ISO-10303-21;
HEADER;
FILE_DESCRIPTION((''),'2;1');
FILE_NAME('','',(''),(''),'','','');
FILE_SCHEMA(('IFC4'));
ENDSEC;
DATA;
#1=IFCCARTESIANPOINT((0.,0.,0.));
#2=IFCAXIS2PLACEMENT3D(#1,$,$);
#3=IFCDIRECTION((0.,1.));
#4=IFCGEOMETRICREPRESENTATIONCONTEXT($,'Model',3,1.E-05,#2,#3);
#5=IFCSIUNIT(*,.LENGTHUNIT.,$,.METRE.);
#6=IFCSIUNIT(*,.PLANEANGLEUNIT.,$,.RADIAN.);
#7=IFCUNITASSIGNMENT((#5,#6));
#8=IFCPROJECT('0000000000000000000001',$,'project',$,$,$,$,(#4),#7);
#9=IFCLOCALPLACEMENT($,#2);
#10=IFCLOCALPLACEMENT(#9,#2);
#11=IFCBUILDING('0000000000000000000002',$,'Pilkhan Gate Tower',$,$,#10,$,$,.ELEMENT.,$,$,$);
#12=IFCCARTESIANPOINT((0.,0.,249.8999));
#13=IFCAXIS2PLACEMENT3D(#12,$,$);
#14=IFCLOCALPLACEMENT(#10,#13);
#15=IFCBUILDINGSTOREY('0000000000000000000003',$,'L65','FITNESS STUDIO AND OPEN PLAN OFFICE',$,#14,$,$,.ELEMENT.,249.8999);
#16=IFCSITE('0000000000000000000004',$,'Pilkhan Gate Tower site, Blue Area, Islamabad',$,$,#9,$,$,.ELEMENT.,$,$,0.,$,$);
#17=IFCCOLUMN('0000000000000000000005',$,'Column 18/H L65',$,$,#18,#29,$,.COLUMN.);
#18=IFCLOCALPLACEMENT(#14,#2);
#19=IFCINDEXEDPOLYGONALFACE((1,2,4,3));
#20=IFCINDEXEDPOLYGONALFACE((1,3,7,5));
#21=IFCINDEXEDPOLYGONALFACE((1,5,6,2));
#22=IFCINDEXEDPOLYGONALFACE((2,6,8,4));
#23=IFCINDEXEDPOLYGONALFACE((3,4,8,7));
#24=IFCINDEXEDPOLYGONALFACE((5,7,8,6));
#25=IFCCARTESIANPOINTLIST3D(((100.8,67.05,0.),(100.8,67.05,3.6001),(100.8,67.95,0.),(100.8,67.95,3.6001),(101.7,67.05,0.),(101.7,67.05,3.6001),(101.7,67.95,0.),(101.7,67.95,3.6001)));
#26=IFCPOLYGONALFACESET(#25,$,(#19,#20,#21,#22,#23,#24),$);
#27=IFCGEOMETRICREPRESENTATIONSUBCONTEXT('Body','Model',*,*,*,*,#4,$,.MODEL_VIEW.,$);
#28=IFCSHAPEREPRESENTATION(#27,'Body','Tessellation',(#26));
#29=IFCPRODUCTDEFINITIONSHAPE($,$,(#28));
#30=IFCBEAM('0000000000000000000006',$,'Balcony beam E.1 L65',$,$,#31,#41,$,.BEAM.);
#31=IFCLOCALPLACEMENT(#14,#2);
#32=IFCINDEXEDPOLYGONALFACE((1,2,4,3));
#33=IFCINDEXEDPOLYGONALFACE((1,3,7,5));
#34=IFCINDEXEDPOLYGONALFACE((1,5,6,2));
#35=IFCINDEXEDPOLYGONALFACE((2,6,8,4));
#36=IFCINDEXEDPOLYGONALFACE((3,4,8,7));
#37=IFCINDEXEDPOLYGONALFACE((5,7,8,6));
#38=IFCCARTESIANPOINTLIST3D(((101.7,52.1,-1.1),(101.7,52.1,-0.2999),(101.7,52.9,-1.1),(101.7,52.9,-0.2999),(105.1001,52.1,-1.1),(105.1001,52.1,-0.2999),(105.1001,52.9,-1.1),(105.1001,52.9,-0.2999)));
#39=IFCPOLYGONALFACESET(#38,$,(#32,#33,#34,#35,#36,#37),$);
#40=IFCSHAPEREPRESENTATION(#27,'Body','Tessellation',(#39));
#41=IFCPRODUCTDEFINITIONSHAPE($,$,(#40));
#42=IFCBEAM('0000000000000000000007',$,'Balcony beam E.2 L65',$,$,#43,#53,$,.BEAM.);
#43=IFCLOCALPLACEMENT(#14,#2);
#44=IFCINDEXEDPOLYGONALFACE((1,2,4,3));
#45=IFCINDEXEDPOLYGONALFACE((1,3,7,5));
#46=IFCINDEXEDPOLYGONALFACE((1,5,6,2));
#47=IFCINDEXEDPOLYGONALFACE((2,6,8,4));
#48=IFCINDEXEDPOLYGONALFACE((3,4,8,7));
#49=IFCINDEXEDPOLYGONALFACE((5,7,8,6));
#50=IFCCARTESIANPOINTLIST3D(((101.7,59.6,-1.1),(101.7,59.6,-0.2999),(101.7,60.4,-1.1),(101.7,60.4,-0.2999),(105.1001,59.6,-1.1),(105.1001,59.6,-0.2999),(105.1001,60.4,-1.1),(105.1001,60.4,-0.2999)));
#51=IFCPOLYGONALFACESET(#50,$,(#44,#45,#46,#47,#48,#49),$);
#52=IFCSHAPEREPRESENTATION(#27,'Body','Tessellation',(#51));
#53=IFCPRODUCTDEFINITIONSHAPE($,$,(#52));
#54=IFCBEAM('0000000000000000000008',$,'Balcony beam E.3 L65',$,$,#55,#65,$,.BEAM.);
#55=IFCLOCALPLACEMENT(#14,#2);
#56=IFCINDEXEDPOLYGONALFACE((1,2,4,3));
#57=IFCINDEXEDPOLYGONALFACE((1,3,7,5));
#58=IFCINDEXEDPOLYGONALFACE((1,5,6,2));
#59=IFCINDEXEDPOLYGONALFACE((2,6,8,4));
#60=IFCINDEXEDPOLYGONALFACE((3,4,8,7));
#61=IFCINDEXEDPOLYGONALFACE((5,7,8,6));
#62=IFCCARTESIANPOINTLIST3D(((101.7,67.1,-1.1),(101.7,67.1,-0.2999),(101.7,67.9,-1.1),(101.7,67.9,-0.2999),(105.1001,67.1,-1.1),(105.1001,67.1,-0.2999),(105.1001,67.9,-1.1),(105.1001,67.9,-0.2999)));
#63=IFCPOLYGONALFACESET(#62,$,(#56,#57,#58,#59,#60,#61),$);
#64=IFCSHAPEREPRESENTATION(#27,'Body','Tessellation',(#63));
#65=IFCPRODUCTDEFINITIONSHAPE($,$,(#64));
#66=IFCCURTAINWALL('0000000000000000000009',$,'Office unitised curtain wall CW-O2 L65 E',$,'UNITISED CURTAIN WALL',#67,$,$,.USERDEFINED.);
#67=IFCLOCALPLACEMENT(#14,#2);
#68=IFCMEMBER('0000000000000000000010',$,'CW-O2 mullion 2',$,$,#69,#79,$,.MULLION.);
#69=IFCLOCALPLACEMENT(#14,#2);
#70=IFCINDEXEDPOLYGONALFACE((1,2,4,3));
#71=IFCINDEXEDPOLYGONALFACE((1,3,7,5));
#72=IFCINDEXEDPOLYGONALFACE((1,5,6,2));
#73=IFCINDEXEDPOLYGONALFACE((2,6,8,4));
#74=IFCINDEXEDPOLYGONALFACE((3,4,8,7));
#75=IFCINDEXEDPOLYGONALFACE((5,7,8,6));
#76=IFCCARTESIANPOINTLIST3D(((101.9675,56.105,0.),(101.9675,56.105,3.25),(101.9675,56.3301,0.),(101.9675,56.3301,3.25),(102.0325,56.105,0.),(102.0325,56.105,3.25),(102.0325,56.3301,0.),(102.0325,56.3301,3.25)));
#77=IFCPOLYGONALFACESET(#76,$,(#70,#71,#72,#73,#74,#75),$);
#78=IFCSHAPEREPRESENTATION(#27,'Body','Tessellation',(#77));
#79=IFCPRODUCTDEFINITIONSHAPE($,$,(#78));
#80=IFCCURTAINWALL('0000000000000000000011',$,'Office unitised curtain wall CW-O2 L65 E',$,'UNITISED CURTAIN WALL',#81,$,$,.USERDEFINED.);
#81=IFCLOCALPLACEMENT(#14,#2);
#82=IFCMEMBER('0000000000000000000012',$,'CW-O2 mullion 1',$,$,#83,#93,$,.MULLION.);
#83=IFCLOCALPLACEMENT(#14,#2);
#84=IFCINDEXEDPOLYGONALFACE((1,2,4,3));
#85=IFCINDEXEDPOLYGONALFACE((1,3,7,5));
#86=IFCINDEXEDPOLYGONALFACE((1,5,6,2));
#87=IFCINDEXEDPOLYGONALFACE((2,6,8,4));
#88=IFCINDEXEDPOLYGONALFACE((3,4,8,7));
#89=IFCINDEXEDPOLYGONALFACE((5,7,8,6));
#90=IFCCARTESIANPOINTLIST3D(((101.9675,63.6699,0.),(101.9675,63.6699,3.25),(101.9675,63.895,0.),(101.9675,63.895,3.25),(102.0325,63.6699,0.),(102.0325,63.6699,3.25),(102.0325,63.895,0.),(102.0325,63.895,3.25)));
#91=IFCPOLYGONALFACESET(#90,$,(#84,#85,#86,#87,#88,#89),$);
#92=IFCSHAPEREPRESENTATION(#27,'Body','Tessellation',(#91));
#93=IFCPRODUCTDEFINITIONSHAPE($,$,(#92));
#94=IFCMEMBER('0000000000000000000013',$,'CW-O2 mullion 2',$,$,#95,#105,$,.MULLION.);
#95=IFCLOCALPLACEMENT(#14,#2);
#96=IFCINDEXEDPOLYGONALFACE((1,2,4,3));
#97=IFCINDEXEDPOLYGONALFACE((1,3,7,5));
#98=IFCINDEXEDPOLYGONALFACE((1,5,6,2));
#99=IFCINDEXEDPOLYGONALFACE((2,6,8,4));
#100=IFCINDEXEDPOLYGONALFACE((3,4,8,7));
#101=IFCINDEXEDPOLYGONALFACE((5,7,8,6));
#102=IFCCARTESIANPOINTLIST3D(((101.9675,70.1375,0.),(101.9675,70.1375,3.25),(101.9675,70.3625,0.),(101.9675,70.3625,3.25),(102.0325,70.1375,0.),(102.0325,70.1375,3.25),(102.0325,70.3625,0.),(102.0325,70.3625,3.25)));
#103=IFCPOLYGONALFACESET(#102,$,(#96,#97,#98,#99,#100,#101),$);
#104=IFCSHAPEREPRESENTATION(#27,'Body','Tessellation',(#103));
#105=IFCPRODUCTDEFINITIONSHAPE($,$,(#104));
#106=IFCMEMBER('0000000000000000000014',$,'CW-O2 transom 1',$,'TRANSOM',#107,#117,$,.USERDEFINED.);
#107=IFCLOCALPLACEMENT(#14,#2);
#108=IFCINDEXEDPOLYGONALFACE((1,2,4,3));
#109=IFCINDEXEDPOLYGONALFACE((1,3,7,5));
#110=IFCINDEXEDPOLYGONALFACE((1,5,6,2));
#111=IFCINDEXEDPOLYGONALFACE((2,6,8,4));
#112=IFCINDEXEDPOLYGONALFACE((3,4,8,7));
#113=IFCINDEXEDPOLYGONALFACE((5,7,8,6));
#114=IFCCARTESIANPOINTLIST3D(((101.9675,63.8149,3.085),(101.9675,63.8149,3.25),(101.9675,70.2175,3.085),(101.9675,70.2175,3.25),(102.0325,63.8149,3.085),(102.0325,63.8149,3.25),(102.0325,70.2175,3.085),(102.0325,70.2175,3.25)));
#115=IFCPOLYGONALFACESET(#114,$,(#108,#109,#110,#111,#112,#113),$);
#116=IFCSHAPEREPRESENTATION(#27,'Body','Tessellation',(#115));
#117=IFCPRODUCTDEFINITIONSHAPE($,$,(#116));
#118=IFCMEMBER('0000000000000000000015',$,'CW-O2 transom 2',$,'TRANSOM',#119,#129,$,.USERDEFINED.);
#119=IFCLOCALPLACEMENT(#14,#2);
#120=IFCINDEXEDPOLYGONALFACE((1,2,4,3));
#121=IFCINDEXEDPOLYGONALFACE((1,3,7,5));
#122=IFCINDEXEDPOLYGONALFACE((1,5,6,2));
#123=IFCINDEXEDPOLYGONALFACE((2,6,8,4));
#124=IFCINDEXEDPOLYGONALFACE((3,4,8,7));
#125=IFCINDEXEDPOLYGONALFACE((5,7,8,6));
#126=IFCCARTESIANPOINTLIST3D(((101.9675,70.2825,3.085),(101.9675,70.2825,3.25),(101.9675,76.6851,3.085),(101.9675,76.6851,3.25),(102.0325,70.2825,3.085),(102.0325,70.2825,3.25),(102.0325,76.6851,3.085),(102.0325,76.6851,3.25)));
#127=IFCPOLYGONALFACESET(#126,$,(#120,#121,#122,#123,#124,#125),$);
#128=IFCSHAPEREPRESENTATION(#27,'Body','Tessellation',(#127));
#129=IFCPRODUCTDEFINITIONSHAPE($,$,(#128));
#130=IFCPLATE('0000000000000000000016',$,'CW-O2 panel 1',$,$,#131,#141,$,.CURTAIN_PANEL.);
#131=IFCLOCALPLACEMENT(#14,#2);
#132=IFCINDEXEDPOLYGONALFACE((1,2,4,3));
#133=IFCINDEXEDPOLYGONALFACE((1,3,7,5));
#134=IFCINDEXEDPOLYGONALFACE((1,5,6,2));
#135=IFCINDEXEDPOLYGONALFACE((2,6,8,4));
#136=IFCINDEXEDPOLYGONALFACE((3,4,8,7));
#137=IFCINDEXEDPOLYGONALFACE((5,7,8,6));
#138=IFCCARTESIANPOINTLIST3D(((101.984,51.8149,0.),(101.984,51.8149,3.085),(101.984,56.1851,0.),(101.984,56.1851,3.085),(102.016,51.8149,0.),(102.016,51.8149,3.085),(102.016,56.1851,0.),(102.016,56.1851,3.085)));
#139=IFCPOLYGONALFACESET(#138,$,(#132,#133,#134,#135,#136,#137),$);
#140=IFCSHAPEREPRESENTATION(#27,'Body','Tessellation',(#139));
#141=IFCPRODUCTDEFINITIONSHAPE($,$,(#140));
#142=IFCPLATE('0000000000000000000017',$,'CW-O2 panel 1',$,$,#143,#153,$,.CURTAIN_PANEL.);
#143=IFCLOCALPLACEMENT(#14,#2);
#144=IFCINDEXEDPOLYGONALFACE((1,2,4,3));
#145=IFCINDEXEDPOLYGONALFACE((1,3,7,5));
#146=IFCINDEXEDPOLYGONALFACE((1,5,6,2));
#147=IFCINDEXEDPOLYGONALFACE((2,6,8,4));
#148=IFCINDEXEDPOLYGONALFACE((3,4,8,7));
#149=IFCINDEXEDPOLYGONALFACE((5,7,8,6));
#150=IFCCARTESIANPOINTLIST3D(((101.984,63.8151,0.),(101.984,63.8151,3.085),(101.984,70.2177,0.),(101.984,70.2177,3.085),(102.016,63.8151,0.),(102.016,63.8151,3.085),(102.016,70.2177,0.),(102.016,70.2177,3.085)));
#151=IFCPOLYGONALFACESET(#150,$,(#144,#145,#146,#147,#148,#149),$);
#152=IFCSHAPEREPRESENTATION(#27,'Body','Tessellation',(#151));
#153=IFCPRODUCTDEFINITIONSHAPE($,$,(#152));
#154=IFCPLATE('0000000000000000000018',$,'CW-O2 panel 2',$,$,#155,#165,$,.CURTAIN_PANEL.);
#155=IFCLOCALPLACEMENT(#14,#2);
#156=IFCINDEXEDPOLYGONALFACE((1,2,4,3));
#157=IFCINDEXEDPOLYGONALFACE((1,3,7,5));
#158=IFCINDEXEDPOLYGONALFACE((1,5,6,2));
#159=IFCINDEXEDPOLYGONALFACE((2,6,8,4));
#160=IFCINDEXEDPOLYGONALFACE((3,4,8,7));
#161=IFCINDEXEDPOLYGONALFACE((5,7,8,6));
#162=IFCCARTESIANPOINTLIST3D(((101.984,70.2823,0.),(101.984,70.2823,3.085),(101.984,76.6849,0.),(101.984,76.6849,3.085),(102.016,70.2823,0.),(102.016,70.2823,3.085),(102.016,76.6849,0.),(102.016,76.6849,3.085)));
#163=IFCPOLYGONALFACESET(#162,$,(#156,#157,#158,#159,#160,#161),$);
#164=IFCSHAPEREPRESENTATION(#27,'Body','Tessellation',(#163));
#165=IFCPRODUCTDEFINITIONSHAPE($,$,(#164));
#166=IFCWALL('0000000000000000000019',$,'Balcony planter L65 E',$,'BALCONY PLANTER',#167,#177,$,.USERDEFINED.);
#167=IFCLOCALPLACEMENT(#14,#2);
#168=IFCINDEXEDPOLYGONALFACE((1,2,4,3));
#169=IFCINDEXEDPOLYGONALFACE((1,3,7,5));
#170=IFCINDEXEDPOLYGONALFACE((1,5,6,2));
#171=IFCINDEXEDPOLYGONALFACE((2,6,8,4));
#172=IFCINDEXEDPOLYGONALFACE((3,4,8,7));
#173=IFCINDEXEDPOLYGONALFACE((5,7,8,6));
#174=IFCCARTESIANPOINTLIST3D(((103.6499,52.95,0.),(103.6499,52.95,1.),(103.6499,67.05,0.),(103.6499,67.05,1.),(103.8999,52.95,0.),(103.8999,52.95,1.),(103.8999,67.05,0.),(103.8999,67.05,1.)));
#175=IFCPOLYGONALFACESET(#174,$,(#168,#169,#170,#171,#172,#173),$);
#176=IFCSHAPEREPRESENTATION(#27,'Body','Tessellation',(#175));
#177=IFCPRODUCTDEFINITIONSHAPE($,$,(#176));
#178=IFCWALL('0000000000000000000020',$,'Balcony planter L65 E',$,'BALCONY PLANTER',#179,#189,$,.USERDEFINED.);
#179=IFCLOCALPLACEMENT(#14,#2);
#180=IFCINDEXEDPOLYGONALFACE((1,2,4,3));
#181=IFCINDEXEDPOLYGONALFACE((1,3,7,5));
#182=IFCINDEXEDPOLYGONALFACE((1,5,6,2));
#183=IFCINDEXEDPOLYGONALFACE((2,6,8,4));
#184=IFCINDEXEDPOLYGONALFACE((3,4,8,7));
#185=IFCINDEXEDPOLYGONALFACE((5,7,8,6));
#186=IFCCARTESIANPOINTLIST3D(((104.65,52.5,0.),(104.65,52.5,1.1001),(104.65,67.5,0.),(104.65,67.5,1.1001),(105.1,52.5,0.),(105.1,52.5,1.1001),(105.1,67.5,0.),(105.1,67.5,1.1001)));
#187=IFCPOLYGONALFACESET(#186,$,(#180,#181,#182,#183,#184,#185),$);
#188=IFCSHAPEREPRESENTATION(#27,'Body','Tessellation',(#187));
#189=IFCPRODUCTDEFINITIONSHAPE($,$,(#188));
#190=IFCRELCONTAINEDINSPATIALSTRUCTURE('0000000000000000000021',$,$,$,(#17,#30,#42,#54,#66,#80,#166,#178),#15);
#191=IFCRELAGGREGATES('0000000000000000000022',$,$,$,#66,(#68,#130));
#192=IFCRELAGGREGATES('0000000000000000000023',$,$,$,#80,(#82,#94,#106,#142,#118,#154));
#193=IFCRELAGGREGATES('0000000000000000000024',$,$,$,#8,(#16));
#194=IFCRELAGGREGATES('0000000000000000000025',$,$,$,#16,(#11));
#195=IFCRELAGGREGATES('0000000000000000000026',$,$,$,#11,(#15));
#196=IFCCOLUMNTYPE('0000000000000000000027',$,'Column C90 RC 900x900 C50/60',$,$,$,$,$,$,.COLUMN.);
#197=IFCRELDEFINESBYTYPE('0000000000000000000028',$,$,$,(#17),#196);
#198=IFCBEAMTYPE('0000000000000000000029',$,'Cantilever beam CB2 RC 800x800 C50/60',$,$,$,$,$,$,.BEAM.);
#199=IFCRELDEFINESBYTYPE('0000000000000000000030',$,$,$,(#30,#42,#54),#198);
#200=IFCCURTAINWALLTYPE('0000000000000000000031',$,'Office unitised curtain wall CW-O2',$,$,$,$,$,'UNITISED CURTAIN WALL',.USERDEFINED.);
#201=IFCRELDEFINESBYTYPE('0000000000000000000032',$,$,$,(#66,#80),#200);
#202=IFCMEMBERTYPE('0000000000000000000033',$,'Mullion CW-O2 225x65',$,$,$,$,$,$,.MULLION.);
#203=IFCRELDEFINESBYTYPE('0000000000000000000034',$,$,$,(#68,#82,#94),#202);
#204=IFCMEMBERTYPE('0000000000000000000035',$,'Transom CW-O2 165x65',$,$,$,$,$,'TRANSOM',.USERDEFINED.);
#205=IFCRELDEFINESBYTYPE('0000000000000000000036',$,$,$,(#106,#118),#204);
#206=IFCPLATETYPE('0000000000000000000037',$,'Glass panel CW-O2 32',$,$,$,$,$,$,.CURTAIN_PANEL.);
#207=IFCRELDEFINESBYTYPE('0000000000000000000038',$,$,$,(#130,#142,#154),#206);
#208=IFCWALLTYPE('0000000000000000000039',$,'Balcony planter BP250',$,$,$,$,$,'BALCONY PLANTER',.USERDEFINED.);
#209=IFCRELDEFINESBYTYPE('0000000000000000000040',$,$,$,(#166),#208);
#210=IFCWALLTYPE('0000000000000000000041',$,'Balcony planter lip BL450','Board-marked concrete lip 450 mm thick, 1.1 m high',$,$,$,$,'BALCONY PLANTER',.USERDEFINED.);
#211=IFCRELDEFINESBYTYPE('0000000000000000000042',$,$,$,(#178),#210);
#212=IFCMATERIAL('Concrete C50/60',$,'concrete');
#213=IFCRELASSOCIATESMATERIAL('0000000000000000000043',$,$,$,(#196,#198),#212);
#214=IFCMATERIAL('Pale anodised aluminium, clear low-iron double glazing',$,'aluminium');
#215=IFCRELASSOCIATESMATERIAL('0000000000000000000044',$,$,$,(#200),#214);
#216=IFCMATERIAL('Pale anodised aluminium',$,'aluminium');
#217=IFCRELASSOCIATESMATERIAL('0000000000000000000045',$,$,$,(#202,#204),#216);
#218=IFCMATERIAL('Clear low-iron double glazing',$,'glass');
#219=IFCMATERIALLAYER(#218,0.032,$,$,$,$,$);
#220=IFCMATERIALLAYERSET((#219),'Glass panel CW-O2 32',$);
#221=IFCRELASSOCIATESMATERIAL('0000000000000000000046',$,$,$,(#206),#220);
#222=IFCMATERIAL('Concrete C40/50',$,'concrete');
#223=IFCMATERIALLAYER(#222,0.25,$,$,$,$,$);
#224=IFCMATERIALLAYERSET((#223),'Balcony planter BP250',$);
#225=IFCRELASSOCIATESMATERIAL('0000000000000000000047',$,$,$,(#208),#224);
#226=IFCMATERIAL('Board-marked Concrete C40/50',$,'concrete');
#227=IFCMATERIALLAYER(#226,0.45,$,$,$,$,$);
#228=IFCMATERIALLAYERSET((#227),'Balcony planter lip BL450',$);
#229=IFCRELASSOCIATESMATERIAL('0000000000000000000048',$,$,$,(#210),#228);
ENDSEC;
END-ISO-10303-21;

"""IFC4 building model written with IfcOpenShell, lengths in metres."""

from ifc_helpers import new_model, si_unit, direction, frame, frame_2d, origin, origin_2d, place, context, subcontext, project, spatial, rectangle, extrude, material, layer, layer_set, material_profile, profile_set, type_object, element, aggregate, save


model = new_model("IFC4")

# Units and contexts
model_context = context("Model", 3, precision=1e-05, world=origin(), true_north=direction((0.0, 1.0)))
body_context = subcontext(model_context, "Body", "Model", "MODEL_VIEW")
ifc_project = project(units=[si_unit("LENGTHUNIT", "METRE"), si_unit("PLANEANGLEUNIT", "RADIAN")], contexts=[model_context])

# Site, building, storey
site_placement = place(None, origin())
site = spatial("IfcSite", under=ifc_project, at=site_placement, Name="Pilkhan Gate Tower site, Blue Area, Islamabad", CompositionType="ELEMENT", RefElevation=0.0)
building_placement = place(site_placement, origin())
building = spatial("IfcBuilding", under=site, at=building_placement, Name="Pilkhan Gate Tower", CompositionType="ELEMENT")
storey_placement = place(building_placement, frame((0.0, 0.0, 249.8999)))
storey = spatial("IfcBuildingStorey", under=building, at=storey_placement, Name="L65", Description="FITNESS STUDIO AND OPEN PLAN OFFICE", CompositionType="ELEMENT", Elevation=249.8999)

# Column
ifc_material_1 = material(Name="Concrete C50/60", Category="concrete")
ifc_material_profile_1 = material_profile(ifc_material_1, rectangle(XDim=0.8999, YDim=0.8999, at=origin_2d()), Name="RC 900x900")
ifc_profile_set_1 = profile_set([ifc_material_profile_1], Name="Concrete C50/60")
column_type = type_object("IfcColumnType", Name="Column C90 RC 900x900 C50/60", PredefinedType="COLUMN", material=ifc_profile_set_1)
column_placement = place(storey_placement, frame((101.25, 67.5, 0.0), z_axis=(0.0, 0.0, 1.0), x_axis=(1.0, 0.0, 0.0)))
element("IfcColumn", 1, at=column_placement, inside=storey, type_object=column_type, Name="Column 18/H L65", PredefinedType="COLUMN", context=body_context, shape_type="SweptSolid", body=[
    extrude(rectangle(XDim=0.8999, YDim=0.8999, at=origin_2d()), origin(), (0.0, 0.0, 1.0), 3.6001),
])

# Beams
ifc_material_profile_2 = material_profile(ifc_material_1, rectangle(XDim=0.8, YDim=0.8, at=origin_2d()), Name="RC 800x800")
ifc_profile_set_2 = profile_set([ifc_material_profile_2], Name="Concrete C50/60")
beam_type = type_object("IfcBeamType", Name="Cantilever beam CB2 RC 800x800 C50/60", PredefinedType="BEAM", material=ifc_profile_set_2)
for number, where, z_axis, x_axis, name in (
    (2, (101.7, 52.5, -0.7), (1.0, 0.0, 0.0), (0.0, 1.0, 0.0), "Balcony beam E.1 L65"),
    (3, (101.7, 60.0, -0.7), (1.0, 0.0, 0.0), (0.0, 1.0, 0.0), "Balcony beam E.2 L65"),
    (4, (101.7, 67.5, -0.7), (1.0, 0.0, 0.0), (0.0, 1.0, 0.0), "Balcony beam E.3 L65"),
):
    element("IfcBeam", number, at=place(storey_placement, frame(where, z_axis=z_axis, x_axis=x_axis)), inside=storey, type_object=beam_type, Name=name, PredefinedType="BEAM", context=body_context, shape_type="SweptSolid", body=[
        extrude(rectangle(XDim=0.8, YDim=0.8, at=origin_2d()), origin(), (0.0, 0.0, 1.0), 3.4001),
    ])

# Curtain wall, member
ifc_material_2 = material(Name="Pale anodised aluminium, clear low-iron double glazing", Category="aluminium")
curtain_wall_type = type_object("IfcCurtainWallType", Name="Office unitised curtain wall CW-O2", ElementType="UNITISED CURTAIN WALL", PredefinedType="USERDEFINED", material=ifc_material_2)
curtain_wall_1_placement = place(storey_placement, origin())
curtain_wall_1 = element("IfcCurtainWall", 5, at=curtain_wall_1_placement, inside=storey, type_object=curtain_wall_type, Name="Office unitised curtain wall CW-O2 L65 E", ObjectType="UNITISED CURTAIN WALL", PredefinedType="USERDEFINED")
ifc_material_3 = material(Name="Pale anodised aluminium", Category="aluminium")
ifc_material_profile_3 = material_profile(ifc_material_3, rectangle(XDim=0.0649, YDim=0.2251, at=origin_2d()), Name="Mullion 225x65")
ifc_profile_set_3 = profile_set([ifc_material_profile_3], Name="Pale anodised aluminium")
member_type_1 = type_object("IfcMemberType", Name="Mullion CW-O2 225x65", PredefinedType="MULLION", material=ifc_profile_set_3)
member_1_placement = place(storey_placement, frame((102.0, 56.2175, 0.0), z_axis=(0.0, 0.0, 1.0), x_axis=(-1.0, 0.0, 0.0)))
member_1 = element("IfcMember", 6, at=member_1_placement, type_object=member_type_1, Name="CW-O2 mullion 2", PredefinedType="MULLION", context=body_context, shape_type="SweptSolid", body=[
    extrude(rectangle(XDim=0.0649, YDim=0.2251, at=origin_2d()), origin(), (0.0, 0.0, 1.0), 3.25),
])

# Curtain wall, members
curtain_wall_2_placement = place(storey_placement, origin())
curtain_wall_2 = element("IfcCurtainWall", 7, at=curtain_wall_2_placement, inside=storey, type_object=curtain_wall_type, Name="Office unitised curtain wall CW-O2 L65 E", ObjectType="UNITISED CURTAIN WALL", PredefinedType="USERDEFINED")
member_2_placement = place(storey_placement, frame((102.0, 63.7825, 0.0), z_axis=(0.0, 0.0, 1.0), x_axis=(-1.0, 0.0, 0.0)))
member_2 = element("IfcMember", 8, at=member_2_placement, type_object=member_type_1, Name="CW-O2 mullion 1", PredefinedType="MULLION", context=body_context, shape_type="SweptSolid", body=[
    extrude(rectangle(XDim=0.0649, YDim=0.2251, at=origin_2d()), origin(), (0.0, 0.0, 1.0), 3.25),
])
member_3_placement = place(storey_placement, frame((102.0, 70.25, 0.0), z_axis=(0.0, 0.0, 1.0), x_axis=(-1.0, 0.0, 0.0)))
member_3 = element("IfcMember", 9, at=member_3_placement, type_object=member_type_1, Name="CW-O2 mullion 2", PredefinedType="MULLION", context=body_context, shape_type="SweptSolid", body=[
    extrude(rectangle(XDim=0.0649, YDim=0.2251, at=origin_2d()), origin(), (0.0, 0.0, 1.0), 3.25),
])
ifc_material_profile_4 = material_profile(ifc_material_3, rectangle(XDim=0.0649, YDim=0.165, at=origin_2d()), Name="Transom 165x65")
ifc_profile_set_4 = profile_set([ifc_material_profile_4], Name="Pale anodised aluminium")
member_type_2 = type_object("IfcMemberType", Name="Transom CW-O2 165x65", ElementType="TRANSOM", PredefinedType="USERDEFINED", material=ifc_profile_set_4)
member_4_placement = place(storey_placement, frame((102.0, 63.8149, 3.1675), z_axis=(0.0, 1.0, 0.0), x_axis=(-1.0, 0.0, 0.0)))
member_4 = element("IfcMember", 10, at=member_4_placement, type_object=member_type_2, Name="CW-O2 transom 1", ObjectType="TRANSOM", PredefinedType="USERDEFINED", context=body_context, shape_type="SweptSolid", body=[
    extrude(rectangle(XDim=0.0649, YDim=0.165, at=origin_2d()), origin(), (0.0, 0.0, 1.0), 6.4026),
])
member_5_placement = place(storey_placement, frame((102.0, 70.2825, 3.1675), z_axis=(0.0, 1.0, 0.0), x_axis=(-1.0, 0.0, 0.0)))
member_5 = element("IfcMember", 11, at=member_5_placement, type_object=member_type_2, Name="CW-O2 transom 2", ObjectType="TRANSOM", PredefinedType="USERDEFINED", context=body_context, shape_type="SweptSolid", body=[
    extrude(rectangle(XDim=0.0649, YDim=0.165, at=origin_2d()), origin(), (0.0, 0.0, 1.0), 6.4026),
])

# Plates
ifc_material_4 = material(Name="Clear low-iron double glazing", Category="glass")
ifc_layer_1 = layer(ifc_material_4, 0.032)
ifc_layer_set_1 = layer_set([ifc_layer_1], Name="Glass panel CW-O2 32")
plate_type = type_object("IfcPlateType", Name="Glass panel CW-O2 32", PredefinedType="CURTAIN_PANEL", material=ifc_layer_set_1)
plate_1_placement = place(storey_placement, frame((102.0, 54.0, 0.0), z_axis=(0.0, 0.0, 1.0), x_axis=(0.0, 1.0, 0.0)))
plate_1 = element("IfcPlate", 12, at=plate_1_placement, type_object=plate_type, Name="CW-O2 panel 1", PredefinedType="CURTAIN_PANEL", context=body_context, shape_type="SweptSolid", body=[
    extrude(rectangle(XDim=4.3701, YDim=0.032, at=origin_2d()), origin(), (0.0, 0.0, 1.0), 3.085),
])
aggregate(curtain_wall_1, [member_1, plate_1])
plate_2_placement = place(storey_placement, frame((102.0, 67.0164, 0.0), z_axis=(0.0, 0.0, 1.0), x_axis=(0.0, 1.0, 0.0)))
plate_2 = element("IfcPlate", 13, at=plate_2_placement, type_object=plate_type, Name="CW-O2 panel 1", PredefinedType="CURTAIN_PANEL", context=body_context, shape_type="SweptSolid", body=[
    extrude(rectangle(XDim=6.4026, YDim=0.032, at=origin_2d()), origin(), (0.0, 0.0, 1.0), 3.085),
])
plate_3_placement = place(storey_placement, frame((102.0, 73.4836, 0.0), z_axis=(0.0, 0.0, 1.0), x_axis=(0.0, 1.0, 0.0)))
plate_3 = element("IfcPlate", 14, at=plate_3_placement, type_object=plate_type, Name="CW-O2 panel 2", PredefinedType="CURTAIN_PANEL", context=body_context, shape_type="SweptSolid", body=[
    extrude(rectangle(XDim=6.4026, YDim=0.032, at=origin_2d()), origin(), (0.0, 0.0, 1.0), 3.085),
])
aggregate(curtain_wall_2, [member_2, member_3, member_4, plate_2, member_5, plate_3])

# Walls
ifc_material_5 = material(Name="Concrete C40/50", Category="concrete")
ifc_layer_2 = layer(ifc_material_5, 0.25)
ifc_layer_set_2 = layer_set([ifc_layer_2], Name="Balcony planter BP250")
wall_type_1 = type_object("IfcWallType", Name="Balcony planter BP250", ElementType="BALCONY PLANTER", PredefinedType="USERDEFINED", material=ifc_layer_set_2)
wall_1_placement = place(storey_placement, frame((103.7749, 52.95, 0.0), z_axis=(0.0, 0.0, 1.0), x_axis=(0.0, 1.0, 0.0)))
element("IfcWall", 15, at=wall_1_placement, inside=storey, type_object=wall_type_1, Name="Balcony planter L65 E", ObjectType="BALCONY PLANTER", PredefinedType="USERDEFINED", context=body_context, shape_type="SweptSolid", body=[
    extrude(rectangle(XDim=14.1001, YDim=0.25, at=frame_2d((7.05, 0.0))), origin(), (0.0, 0.0, 1.0), 1.0),
])
ifc_material_6 = material(Name="Board-marked Concrete C40/50", Category="concrete")
ifc_layer_3 = layer(ifc_material_6, 0.45)
ifc_layer_set_3 = layer_set([ifc_layer_3], Name="Balcony planter lip BL450")
wall_type_2 = type_object("IfcWallType", Name="Balcony planter lip BL450", Description="Board-marked concrete lip 450 mm thick, 1.1 m high", ElementType="BALCONY PLANTER", PredefinedType="USERDEFINED", material=ifc_layer_set_3)
wall_2_placement = place(storey_placement, frame((104.875, 52.5, 0.0), z_axis=(0.0, 0.0, 1.0), x_axis=(0.0, 1.0, 0.0)))
element("IfcWall", 16, at=wall_2_placement, inside=storey, type_object=wall_type_2, Name="Balcony planter L65 E", ObjectType="BALCONY PLANTER", PredefinedType="USERDEFINED", context=body_context, shape_type="SweptSolid", body=[
    extrude(rectangle(XDim=15.0, YDim=0.45, at=frame_2d((7.5, 0.0))), origin(), (0.0, 0.0, 1.0), 1.1001),
])

save(model, "model.ifc")
